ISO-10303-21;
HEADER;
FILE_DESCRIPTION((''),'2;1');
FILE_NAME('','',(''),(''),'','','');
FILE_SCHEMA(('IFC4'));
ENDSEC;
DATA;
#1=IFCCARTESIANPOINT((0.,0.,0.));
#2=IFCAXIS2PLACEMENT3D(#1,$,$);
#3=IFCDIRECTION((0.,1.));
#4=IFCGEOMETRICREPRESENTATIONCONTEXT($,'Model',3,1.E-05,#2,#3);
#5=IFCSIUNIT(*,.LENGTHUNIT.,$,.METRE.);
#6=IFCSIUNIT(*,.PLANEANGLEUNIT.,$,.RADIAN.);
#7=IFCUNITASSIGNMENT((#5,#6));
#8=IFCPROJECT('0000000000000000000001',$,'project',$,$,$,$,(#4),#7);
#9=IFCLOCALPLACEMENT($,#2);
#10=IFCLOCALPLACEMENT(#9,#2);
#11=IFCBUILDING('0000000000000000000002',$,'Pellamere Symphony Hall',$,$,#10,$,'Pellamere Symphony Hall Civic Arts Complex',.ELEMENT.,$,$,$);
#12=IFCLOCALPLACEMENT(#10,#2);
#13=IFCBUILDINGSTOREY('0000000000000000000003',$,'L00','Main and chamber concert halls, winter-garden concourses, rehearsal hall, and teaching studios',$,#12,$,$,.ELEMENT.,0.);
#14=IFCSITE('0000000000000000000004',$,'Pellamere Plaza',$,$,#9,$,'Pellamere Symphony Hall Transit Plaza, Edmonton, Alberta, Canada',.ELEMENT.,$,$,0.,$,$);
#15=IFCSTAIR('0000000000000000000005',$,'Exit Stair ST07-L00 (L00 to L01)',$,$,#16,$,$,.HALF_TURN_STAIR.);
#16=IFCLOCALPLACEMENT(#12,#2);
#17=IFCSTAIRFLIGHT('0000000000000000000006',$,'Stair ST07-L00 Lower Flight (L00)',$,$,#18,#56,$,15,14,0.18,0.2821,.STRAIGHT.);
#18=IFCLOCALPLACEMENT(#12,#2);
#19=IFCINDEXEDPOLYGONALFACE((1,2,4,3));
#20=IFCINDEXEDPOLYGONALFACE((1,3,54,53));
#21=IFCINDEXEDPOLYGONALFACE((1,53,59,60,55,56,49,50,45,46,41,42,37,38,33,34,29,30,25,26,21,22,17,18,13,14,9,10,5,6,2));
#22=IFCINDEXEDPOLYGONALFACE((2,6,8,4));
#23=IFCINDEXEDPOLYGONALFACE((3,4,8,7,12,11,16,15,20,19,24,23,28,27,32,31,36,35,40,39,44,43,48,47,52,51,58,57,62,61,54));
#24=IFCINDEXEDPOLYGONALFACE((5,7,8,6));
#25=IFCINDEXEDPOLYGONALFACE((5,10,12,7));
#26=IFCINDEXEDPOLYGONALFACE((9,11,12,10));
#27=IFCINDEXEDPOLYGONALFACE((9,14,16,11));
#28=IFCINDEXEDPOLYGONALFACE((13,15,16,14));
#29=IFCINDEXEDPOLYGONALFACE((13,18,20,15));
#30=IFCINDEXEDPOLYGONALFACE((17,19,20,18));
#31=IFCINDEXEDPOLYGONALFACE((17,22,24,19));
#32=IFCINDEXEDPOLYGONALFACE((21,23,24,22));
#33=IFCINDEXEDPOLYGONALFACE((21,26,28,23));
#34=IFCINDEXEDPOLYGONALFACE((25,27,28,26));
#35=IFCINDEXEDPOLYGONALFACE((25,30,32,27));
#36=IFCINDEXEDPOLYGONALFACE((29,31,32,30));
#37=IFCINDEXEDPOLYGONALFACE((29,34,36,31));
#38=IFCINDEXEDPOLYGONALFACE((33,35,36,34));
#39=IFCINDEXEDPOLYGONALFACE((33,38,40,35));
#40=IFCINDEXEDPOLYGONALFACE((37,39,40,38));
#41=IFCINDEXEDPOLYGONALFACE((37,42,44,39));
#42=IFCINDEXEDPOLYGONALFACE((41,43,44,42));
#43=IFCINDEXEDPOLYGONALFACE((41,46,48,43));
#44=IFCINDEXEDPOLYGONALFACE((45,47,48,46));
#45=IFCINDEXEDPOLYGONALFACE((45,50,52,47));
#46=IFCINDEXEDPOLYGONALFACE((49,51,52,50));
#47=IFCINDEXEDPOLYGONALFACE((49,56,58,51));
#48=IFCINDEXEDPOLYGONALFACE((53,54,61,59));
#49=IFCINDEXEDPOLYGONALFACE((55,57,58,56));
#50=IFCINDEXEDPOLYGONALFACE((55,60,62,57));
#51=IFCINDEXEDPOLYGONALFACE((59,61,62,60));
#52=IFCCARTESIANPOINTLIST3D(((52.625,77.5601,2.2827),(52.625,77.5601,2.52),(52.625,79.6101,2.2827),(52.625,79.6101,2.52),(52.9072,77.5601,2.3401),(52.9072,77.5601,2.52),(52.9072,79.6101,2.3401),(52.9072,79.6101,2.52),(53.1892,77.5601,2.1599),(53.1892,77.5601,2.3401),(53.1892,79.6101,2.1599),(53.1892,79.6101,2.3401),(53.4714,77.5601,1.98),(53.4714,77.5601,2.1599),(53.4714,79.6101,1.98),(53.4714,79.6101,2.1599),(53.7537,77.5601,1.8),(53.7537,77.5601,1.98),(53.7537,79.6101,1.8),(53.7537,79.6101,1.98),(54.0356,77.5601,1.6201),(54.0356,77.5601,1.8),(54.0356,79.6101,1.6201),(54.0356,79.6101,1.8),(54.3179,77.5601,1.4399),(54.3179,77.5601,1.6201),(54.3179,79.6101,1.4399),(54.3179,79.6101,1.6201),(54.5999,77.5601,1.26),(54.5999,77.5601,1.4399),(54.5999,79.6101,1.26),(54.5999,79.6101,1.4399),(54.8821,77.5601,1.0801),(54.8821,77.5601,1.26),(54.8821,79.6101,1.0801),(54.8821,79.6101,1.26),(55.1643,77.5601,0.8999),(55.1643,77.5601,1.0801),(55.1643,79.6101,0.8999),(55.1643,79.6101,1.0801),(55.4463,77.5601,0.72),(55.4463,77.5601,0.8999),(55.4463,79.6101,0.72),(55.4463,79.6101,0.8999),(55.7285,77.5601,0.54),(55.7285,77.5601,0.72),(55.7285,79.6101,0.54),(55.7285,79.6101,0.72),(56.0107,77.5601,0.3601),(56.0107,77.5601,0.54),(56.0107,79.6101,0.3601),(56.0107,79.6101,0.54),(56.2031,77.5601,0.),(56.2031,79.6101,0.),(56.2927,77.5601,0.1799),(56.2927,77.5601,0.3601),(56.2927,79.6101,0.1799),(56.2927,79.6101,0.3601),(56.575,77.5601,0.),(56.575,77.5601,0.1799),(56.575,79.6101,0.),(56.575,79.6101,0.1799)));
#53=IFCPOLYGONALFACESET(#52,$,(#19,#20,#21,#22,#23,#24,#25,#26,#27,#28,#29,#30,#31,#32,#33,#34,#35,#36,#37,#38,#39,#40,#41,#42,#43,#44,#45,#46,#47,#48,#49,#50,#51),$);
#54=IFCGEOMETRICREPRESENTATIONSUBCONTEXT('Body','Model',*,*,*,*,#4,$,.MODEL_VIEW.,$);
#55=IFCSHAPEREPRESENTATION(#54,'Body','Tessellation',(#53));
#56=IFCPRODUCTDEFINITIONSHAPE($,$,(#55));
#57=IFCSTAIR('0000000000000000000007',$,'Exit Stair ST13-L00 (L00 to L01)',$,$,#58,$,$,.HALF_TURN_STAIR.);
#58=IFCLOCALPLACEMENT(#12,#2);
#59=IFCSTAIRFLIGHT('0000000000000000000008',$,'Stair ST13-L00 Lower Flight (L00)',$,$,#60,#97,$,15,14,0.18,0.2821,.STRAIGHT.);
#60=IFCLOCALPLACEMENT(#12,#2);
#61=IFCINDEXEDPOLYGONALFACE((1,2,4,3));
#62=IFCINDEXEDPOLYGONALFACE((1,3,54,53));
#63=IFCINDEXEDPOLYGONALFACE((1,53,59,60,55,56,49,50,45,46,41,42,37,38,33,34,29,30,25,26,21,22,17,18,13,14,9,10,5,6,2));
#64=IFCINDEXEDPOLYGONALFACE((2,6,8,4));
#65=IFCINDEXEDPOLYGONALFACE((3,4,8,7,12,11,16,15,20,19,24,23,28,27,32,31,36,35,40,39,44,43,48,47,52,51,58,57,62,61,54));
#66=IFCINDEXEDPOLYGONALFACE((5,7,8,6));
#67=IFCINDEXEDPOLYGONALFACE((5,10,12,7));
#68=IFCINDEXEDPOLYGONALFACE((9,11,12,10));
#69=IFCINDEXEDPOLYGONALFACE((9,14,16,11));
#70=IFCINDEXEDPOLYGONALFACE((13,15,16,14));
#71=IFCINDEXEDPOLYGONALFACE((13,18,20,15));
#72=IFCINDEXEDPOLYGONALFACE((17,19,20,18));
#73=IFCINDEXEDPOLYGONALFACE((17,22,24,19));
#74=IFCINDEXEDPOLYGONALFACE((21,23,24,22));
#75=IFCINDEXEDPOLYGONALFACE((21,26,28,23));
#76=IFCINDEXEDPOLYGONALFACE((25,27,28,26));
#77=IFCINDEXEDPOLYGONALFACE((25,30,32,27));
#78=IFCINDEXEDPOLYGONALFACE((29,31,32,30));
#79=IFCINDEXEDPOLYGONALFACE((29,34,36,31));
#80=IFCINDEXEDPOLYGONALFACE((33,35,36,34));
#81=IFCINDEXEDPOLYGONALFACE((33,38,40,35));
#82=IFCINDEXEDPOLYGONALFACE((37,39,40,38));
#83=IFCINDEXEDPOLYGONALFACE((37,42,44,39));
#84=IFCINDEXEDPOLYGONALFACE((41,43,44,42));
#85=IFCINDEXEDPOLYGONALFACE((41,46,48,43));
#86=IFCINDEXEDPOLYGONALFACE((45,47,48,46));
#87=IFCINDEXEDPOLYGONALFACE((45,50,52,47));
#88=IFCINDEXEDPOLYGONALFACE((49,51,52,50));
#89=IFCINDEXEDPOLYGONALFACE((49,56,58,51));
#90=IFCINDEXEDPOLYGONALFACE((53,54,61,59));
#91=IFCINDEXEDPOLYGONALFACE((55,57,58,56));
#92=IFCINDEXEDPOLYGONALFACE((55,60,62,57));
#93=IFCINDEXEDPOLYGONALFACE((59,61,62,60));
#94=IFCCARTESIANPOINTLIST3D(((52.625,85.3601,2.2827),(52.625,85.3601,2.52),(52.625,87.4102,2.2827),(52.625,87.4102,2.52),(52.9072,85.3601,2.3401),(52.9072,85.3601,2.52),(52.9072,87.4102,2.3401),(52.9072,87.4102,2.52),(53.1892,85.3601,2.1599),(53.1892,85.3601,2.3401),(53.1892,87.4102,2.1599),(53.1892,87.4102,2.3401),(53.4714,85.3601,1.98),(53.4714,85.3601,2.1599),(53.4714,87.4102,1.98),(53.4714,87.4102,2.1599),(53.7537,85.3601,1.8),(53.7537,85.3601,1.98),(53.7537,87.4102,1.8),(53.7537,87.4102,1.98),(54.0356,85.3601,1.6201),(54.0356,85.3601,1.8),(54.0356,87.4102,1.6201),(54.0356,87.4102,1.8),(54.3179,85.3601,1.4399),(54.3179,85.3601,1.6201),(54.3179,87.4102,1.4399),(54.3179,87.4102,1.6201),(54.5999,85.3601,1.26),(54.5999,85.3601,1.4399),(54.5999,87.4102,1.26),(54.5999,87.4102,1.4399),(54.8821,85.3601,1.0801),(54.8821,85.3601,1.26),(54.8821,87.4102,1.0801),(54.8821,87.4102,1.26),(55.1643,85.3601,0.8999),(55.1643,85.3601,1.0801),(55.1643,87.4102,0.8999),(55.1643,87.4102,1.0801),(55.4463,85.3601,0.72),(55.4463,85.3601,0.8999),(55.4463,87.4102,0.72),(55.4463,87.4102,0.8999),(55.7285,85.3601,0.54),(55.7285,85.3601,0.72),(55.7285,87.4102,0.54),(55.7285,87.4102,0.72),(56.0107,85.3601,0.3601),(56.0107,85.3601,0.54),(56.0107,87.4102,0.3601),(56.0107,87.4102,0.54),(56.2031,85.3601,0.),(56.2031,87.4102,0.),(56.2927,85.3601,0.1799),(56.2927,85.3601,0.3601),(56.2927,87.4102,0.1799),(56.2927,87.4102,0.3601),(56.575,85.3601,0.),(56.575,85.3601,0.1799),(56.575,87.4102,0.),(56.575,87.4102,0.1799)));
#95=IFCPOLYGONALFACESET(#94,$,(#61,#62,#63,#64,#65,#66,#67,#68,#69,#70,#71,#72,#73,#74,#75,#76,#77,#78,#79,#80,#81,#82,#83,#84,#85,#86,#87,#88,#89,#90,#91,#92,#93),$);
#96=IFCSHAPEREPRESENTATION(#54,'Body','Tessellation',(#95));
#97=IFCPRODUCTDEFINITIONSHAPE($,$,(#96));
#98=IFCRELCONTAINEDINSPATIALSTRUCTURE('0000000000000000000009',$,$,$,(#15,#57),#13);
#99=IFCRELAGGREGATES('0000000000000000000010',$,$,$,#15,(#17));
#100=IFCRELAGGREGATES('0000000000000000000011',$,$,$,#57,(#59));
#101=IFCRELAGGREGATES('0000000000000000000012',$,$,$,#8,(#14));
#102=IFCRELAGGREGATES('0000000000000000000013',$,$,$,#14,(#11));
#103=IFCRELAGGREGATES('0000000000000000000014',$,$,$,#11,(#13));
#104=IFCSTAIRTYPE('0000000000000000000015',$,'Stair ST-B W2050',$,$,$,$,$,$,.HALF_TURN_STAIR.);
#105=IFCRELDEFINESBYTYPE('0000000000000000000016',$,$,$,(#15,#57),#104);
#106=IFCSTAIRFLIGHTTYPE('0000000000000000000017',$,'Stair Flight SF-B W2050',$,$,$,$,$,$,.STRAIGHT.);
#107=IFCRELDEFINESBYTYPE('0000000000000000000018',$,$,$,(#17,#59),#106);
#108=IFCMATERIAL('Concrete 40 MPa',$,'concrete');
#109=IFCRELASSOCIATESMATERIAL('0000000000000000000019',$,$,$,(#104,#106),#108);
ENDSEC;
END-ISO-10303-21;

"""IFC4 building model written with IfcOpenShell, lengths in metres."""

from ifc_helpers import new_model, si_unit, direction, frame, origin, place, context, subcontext, project, spatial, polyline, outline, extrude, material, type_object, element, aggregate, save


model = new_model("IFC4")

# Units and contexts
model_context = context("Model", 3, precision=1e-05, world=origin(), true_north=direction((0.0, 1.0)))
body_context = subcontext(model_context, "Body", "Model", "MODEL_VIEW")
ifc_project = project(units=[si_unit("LENGTHUNIT", "METRE"), si_unit("PLANEANGLEUNIT", "RADIAN")], contexts=[model_context])

# Site, building, storey
site_placement = place(None, origin())
site = spatial("IfcSite", under=ifc_project, at=site_placement, Name="Pellamere Plaza", LongName="Pellamere Symphony Hall Transit Plaza, Edmonton, Alberta, Canada", CompositionType="ELEMENT", RefElevation=0.0)
building_placement = place(site_placement, origin())
building = spatial("IfcBuilding", under=site, at=building_placement, Name="Pellamere Symphony Hall", LongName="Pellamere Symphony Hall Civic Arts Complex", CompositionType="ELEMENT")
storey_placement = place(building_placement, origin())
storey = spatial("IfcBuildingStorey", under=building, at=storey_placement, Name="L00", Description="Main and chamber concert halls, winter-garden concourses, rehearsal hall, and teaching studios", CompositionType="ELEMENT", Elevation=0.0)

# Shared definitions
ifc_material_1 = material(Name="Concrete 40 MPa", Category="concrete")

# Stairs, stair flights
stair_type = type_object("IfcStairType", Name="Stair ST-B W2050", PredefinedType="HALF_TURN_STAIR", material=ifc_material_1)
stair_1_placement = place(storey_placement, origin())
stair_1 = element("IfcStair", 1, at=stair_1_placement, inside=storey, type_object=stair_type, Name="Exit Stair ST07-L00 (L00 to L01)", PredefinedType="HALF_TURN_STAIR")
stair_flight_type = type_object("IfcStairFlightType", Name="Stair Flight SF-B W2050", PredefinedType="STRAIGHT", material=ifc_material_1)
stair_flight_1_placement = place(storey_placement, frame((56.575, 78.585, 0.0), z_axis=(0.0, 0.0, 1.0), x_axis=(-1.0, 0.0, 0.0)))
stair_flight_1 = element("IfcStairFlight", 2, at=stair_flight_1_placement, type_object=stair_flight_type, Name="Stair ST07-L00 Lower Flight (L00)", NumberOfRisers=15, NumberOfTreads=14, PredefinedType="STRAIGHT", RiserHeight=0.18, TreadLength=0.2821, context=body_context, shape_type="SweptSolid", body=[
    extrude(outline(polyline([(0.0, 0.0), (0.0, 0.1799), (0.2822, 0.1799), (0.2822, 0.3601), (0.5642, 0.3601), (0.5642, 0.54), (0.8464, 0.54), (0.8464, 0.72), (1.1287, 0.72), (1.1287, 0.8999), (1.4106, 0.8999), (1.4106, 1.0801), (1.6929, 1.0801), (1.6929, 1.26), (1.9751, 1.26), (1.9751, 1.4399), (2.2571, 1.4399), (2.2571, 1.6201), (2.5393, 1.6201), (2.5393, 1.8), (2.8213, 1.8), (2.8213, 1.98), (3.1035, 1.98), (3.1035, 2.1599), (3.3857, 2.1599), (3.3857, 2.3401), (3.6677, 2.3401), (3.6677, 2.52), (3.95, 2.52), (3.95, 2.7), (3.95, 2.2827), (0.3718, 0.0), (0.0, 0.0)])), frame((0.0, 1.0249, 0.0), z_axis=(0.0, -1.0, 0.0), x_axis=(1.0, 0.0, 0.0)), (0.0, 0.0, 1.0), 2.05),
])
aggregate(stair_1, [stair_flight_1])
stair_2_placement = place(storey_placement, origin())
stair_2 = element("IfcStair", 3, at=stair_2_placement, inside=storey, type_object=stair_type, Name="Exit Stair ST13-L00 (L00 to L01)", PredefinedType="HALF_TURN_STAIR")
stair_flight_2_placement = place(storey_placement, frame((56.575, 86.385, 0.0), z_axis=(0.0, 0.0, 1.0), x_axis=(-1.0, 0.0, 0.0)))
stair_flight_2 = element("IfcStairFlight", 4, at=stair_flight_2_placement, type_object=stair_flight_type, Name="Stair ST13-L00 Lower Flight (L00)", NumberOfRisers=15, NumberOfTreads=14, PredefinedType="STRAIGHT", RiserHeight=0.18, TreadLength=0.2821, context=body_context, shape_type="SweptSolid", body=[
    extrude(outline(polyline([(0.0, 0.0), (0.0, 0.1799), (0.2822, 0.1799), (0.2822, 0.3601), (0.5642, 0.3601), (0.5642, 0.54), (0.8464, 0.54), (0.8464, 0.72), (1.1287, 0.72), (1.1287, 0.8999), (1.4106, 0.8999), (1.4106, 1.0801), (1.6929, 1.0801), (1.6929, 1.26), (1.9751, 1.26), (1.9751, 1.4399), (2.2571, 1.4399), (2.2571, 1.6201), (2.5393, 1.6201), (2.5393, 1.8), (2.8213, 1.8), (2.8213, 1.98), (3.1035, 1.98), (3.1035, 2.1599), (3.3857, 2.1599), (3.3857, 2.3401), (3.6677, 2.3401), (3.6677, 2.52), (3.95, 2.52), (3.95, 2.7), (3.95, 2.2827), (0.3718, 0.0), (0.0, 0.0)])), frame((0.0, 1.0249, 0.0), z_axis=(0.0, -1.0, 0.0), x_axis=(1.0, 0.0, 0.0)), (0.0, 0.0, 1.0), 2.05),
])
aggregate(stair_2, [stair_flight_2])

save(model, "model.ifc")
